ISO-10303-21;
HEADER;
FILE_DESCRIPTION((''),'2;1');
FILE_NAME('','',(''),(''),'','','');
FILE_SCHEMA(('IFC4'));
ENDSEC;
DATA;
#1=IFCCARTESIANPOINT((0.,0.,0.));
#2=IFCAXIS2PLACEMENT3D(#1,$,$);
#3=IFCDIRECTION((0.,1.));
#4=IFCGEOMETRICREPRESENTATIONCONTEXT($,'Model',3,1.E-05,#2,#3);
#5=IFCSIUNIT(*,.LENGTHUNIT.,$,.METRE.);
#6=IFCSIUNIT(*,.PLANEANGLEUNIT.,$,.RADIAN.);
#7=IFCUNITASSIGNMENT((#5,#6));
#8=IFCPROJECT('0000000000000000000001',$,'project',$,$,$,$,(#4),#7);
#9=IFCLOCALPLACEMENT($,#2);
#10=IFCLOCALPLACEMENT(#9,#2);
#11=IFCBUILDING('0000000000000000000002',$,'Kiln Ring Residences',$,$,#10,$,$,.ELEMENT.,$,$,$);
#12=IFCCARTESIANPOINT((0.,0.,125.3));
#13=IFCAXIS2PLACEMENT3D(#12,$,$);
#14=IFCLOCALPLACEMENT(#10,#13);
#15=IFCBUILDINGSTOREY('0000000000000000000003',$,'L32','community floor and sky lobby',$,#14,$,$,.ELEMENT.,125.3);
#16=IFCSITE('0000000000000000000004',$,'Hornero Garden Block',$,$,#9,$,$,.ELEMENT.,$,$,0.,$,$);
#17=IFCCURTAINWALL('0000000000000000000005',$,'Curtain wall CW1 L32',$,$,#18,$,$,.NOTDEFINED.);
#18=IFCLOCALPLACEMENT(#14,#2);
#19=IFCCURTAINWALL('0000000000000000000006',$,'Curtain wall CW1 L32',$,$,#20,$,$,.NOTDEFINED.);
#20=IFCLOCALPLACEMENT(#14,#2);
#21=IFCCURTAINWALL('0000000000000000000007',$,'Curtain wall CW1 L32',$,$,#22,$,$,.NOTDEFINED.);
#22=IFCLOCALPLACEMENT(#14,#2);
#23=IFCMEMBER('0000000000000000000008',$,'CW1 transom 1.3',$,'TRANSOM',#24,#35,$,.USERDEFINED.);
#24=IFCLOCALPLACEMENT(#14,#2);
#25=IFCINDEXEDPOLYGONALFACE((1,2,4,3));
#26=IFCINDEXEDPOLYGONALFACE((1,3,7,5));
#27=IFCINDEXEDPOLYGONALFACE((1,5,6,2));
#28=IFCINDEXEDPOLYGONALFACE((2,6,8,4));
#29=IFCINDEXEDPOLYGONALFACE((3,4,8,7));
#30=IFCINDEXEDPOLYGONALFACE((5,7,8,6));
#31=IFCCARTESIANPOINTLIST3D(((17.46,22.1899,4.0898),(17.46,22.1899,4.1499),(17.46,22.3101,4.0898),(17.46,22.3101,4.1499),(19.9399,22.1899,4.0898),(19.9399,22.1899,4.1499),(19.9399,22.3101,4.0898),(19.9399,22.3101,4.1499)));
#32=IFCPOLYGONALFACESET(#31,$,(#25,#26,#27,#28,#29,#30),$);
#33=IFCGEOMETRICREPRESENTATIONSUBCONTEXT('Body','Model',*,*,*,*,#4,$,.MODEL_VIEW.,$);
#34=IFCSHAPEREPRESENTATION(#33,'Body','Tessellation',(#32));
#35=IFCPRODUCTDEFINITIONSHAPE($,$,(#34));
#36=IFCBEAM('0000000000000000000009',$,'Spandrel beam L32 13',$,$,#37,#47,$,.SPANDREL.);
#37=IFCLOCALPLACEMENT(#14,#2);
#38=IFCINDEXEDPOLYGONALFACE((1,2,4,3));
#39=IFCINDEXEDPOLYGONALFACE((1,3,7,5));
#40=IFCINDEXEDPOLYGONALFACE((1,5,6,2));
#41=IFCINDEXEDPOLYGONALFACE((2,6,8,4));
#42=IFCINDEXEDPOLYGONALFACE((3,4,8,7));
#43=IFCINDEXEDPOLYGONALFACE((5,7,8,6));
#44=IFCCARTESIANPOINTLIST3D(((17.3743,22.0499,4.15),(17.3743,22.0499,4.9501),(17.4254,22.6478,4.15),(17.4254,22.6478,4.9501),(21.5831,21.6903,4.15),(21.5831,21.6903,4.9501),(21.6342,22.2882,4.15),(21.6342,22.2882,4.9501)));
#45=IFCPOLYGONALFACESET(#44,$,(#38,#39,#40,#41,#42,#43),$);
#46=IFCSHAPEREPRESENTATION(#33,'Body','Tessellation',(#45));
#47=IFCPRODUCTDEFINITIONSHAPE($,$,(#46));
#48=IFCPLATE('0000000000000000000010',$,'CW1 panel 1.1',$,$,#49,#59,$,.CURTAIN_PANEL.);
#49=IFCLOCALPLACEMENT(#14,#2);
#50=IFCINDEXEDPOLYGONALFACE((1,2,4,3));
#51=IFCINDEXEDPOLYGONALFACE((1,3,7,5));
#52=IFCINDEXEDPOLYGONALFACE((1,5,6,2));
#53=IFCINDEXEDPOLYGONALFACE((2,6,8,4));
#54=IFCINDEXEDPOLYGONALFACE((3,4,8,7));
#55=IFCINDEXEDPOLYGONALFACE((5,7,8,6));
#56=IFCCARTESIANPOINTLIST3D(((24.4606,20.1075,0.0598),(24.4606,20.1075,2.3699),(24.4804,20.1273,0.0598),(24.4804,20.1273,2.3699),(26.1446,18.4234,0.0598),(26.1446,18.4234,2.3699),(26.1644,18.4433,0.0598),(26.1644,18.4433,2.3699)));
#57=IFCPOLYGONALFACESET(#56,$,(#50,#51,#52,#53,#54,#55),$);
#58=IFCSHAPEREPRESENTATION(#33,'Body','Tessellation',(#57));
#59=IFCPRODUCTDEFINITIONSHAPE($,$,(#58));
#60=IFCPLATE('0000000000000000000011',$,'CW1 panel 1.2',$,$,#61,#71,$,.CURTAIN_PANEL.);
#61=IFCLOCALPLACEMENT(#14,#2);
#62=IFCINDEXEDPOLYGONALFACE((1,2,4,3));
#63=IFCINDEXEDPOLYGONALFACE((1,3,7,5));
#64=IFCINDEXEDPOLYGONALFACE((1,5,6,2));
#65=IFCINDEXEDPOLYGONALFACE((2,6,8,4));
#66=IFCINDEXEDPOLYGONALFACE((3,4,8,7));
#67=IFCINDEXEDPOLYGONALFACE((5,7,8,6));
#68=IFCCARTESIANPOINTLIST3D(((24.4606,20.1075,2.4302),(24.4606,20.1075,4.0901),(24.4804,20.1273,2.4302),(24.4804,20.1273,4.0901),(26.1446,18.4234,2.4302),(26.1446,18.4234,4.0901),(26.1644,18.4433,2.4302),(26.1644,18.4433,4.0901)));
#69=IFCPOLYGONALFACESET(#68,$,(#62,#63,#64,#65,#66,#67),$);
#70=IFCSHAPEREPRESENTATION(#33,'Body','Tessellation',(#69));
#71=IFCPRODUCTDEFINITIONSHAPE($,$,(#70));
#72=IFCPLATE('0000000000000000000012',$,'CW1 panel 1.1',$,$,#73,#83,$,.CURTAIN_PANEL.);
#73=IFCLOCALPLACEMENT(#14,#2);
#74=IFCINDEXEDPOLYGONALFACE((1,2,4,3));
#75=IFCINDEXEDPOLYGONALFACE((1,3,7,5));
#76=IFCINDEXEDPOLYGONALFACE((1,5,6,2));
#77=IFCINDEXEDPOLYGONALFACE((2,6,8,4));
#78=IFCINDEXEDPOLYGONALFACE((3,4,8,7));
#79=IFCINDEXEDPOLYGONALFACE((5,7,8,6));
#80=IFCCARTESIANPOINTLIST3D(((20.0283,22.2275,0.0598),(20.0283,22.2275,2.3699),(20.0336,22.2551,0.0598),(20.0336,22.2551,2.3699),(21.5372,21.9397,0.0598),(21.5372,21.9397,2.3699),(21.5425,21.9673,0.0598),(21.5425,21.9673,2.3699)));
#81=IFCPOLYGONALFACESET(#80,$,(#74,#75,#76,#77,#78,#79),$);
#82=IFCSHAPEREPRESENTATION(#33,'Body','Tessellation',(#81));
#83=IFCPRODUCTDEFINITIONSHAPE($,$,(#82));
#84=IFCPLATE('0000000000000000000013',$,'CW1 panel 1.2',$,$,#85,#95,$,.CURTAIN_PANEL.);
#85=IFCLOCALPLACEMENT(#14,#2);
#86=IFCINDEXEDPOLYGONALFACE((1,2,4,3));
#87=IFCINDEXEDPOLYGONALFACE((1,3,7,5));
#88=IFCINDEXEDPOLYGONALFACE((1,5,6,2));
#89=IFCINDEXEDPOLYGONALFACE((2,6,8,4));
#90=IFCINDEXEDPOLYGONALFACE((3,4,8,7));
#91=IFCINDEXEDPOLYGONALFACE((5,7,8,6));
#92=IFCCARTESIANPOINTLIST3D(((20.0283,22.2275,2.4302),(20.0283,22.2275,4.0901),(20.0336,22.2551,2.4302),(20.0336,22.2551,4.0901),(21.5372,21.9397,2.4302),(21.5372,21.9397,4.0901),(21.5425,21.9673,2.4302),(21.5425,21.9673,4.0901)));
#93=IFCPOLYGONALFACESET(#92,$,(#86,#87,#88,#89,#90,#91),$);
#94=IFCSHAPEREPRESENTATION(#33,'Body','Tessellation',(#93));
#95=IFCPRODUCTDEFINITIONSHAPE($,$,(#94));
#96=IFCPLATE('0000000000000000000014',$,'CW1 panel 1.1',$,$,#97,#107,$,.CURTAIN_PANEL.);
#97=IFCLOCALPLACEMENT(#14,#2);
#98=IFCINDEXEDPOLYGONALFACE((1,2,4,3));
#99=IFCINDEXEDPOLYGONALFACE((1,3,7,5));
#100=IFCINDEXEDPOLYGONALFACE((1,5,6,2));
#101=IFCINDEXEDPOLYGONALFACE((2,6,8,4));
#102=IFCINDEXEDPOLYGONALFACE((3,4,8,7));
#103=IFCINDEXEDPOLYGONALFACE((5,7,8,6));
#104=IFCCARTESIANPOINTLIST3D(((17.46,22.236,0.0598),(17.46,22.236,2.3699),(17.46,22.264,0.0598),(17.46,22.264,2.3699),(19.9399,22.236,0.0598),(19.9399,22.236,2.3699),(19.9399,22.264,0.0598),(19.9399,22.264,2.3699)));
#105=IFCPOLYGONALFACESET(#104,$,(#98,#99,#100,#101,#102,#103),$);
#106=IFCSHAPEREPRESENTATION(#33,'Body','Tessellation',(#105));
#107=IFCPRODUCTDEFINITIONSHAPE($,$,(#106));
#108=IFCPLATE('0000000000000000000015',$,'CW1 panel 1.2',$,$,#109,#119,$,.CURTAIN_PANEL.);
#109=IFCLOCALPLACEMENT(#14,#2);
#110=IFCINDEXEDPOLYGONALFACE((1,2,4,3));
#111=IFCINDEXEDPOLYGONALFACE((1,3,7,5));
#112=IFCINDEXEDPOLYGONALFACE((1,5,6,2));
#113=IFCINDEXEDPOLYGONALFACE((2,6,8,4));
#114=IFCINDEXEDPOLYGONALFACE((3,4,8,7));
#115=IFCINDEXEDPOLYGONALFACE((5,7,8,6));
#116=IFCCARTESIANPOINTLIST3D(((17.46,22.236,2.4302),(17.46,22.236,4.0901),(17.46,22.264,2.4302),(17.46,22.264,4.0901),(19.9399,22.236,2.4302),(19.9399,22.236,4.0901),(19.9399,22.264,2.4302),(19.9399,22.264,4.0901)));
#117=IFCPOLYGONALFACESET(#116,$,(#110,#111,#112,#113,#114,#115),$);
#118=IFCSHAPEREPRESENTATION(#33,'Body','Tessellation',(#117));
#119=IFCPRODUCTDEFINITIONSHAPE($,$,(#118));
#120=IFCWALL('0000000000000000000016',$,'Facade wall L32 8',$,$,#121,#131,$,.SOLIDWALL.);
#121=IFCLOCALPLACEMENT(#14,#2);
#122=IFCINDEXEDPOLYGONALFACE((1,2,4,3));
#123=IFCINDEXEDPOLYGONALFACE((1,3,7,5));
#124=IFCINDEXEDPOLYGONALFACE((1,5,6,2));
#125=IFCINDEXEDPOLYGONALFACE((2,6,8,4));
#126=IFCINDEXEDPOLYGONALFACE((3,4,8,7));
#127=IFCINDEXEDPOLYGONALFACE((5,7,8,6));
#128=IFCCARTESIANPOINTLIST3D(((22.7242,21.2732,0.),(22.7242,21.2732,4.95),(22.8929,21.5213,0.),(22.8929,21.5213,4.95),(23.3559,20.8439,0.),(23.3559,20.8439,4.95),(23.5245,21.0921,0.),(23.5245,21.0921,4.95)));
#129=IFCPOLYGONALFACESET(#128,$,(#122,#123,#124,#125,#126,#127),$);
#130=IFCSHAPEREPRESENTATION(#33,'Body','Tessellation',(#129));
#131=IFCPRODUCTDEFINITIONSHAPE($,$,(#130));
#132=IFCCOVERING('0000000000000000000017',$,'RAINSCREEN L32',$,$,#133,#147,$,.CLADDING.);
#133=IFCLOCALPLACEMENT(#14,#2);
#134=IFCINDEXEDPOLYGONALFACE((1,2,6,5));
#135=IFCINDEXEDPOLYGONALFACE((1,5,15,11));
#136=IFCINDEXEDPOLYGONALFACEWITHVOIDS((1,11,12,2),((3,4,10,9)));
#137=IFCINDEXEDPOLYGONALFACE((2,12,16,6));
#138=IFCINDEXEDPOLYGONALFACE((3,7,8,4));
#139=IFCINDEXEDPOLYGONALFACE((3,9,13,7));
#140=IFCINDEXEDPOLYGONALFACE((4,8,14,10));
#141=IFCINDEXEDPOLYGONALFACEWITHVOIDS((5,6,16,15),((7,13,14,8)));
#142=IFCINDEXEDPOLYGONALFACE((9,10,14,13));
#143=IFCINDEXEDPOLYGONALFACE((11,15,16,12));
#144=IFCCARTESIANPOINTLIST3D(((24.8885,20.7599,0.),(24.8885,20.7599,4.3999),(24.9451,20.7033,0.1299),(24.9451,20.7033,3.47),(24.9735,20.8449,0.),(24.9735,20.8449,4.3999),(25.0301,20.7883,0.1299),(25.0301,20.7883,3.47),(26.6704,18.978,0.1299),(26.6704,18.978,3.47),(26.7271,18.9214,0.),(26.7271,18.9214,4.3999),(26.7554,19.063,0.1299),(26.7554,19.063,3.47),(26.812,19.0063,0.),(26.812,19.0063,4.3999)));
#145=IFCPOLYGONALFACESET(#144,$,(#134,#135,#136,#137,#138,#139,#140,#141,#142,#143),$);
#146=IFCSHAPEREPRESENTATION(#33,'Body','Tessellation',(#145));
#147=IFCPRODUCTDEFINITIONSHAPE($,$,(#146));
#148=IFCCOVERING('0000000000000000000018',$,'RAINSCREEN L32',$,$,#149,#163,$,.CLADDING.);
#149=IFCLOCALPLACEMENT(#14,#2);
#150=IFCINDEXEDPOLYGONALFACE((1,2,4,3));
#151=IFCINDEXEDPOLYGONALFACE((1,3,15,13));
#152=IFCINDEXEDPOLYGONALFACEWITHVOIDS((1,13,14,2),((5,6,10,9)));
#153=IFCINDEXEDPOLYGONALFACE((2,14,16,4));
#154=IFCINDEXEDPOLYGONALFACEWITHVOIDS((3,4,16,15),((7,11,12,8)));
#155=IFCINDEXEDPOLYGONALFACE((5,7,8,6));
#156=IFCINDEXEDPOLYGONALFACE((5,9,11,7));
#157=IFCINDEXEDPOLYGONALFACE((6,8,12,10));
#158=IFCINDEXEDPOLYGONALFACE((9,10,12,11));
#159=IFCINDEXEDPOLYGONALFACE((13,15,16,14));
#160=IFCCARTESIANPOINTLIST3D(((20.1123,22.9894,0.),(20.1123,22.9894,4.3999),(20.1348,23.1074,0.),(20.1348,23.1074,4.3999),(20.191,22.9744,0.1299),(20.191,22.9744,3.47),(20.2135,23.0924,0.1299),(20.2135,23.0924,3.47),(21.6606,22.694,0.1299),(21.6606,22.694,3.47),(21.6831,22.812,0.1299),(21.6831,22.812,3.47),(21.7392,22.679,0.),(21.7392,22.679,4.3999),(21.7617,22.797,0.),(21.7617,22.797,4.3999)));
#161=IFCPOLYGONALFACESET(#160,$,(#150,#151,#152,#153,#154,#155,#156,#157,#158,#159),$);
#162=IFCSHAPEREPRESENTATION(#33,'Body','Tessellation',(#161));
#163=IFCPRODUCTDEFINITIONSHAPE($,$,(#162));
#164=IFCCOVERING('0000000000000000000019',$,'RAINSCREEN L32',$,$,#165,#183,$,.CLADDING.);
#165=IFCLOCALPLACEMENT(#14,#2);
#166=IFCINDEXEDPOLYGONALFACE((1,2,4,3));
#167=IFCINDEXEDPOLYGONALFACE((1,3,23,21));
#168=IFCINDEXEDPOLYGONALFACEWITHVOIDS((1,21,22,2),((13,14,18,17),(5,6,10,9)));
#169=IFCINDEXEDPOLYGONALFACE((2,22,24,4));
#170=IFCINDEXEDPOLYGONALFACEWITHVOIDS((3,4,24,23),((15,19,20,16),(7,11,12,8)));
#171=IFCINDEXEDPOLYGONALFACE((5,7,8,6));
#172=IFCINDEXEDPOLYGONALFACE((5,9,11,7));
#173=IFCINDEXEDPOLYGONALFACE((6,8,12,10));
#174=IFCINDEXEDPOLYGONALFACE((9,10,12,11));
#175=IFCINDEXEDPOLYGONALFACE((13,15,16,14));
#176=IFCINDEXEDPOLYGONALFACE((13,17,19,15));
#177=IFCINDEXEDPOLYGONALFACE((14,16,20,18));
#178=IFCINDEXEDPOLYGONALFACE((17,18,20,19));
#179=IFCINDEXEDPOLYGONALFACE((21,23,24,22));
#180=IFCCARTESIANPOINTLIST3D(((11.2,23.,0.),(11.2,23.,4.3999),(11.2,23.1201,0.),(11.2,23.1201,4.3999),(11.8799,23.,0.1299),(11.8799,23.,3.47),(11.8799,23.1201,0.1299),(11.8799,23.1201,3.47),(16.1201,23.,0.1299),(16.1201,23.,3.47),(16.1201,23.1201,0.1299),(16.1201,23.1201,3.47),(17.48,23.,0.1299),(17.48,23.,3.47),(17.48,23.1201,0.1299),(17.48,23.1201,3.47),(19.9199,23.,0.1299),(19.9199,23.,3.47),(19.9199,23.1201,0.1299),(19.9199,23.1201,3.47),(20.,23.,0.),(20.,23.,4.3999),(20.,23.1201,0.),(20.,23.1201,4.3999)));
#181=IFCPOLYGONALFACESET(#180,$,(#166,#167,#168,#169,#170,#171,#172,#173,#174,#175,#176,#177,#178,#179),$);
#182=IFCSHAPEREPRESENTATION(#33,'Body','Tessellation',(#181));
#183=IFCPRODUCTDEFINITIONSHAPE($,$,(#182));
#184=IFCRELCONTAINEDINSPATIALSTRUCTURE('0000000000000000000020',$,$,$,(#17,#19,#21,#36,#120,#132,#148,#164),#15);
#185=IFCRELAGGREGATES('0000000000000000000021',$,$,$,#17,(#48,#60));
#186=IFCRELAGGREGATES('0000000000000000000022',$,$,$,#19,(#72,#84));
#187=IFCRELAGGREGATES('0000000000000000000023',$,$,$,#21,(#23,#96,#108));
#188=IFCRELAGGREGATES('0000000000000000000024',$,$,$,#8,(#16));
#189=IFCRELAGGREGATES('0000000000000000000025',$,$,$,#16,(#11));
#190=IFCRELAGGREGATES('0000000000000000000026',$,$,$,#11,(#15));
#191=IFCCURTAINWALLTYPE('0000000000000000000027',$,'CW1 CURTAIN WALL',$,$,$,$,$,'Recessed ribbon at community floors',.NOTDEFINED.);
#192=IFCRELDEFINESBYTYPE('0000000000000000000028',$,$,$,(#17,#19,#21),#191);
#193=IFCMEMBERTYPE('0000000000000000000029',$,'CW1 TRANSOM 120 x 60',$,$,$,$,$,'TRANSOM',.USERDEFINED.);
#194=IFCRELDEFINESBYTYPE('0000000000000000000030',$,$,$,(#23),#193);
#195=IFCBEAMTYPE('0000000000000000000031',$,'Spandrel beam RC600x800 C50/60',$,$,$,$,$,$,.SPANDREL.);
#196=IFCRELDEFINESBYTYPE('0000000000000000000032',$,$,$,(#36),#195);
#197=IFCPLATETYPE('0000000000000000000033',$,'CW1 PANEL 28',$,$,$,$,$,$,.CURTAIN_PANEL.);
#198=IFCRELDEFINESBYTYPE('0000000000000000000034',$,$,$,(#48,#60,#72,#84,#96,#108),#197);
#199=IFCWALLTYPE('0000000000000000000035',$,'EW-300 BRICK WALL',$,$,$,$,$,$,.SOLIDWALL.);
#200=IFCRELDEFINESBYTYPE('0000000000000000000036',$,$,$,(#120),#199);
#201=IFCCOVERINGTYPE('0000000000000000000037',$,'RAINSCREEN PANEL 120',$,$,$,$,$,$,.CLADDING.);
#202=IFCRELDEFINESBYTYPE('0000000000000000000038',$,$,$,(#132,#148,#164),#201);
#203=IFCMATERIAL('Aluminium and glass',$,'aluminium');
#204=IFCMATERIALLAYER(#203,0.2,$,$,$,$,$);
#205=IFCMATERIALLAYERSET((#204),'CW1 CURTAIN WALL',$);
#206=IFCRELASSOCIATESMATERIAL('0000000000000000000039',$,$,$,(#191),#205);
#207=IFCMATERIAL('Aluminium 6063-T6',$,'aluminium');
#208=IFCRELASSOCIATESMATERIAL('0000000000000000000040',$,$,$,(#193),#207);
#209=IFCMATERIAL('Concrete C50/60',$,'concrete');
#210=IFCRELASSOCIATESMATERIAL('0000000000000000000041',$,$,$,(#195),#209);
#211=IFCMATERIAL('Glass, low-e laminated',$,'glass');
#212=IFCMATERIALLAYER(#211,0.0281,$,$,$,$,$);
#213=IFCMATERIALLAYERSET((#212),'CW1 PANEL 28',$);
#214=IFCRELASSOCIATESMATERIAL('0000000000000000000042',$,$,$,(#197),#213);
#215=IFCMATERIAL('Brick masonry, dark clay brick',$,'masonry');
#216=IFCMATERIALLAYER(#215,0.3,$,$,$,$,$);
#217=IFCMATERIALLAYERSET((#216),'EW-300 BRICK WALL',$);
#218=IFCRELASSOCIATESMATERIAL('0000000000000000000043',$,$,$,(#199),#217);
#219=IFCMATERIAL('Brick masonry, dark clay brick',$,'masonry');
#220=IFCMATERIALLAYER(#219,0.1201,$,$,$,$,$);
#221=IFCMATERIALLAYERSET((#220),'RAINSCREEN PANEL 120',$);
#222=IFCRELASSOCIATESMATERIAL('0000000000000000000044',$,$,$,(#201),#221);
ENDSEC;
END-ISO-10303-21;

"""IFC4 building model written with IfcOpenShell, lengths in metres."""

from ifc_helpers import new_model, si_unit, direction, frame, frame_2d, origin, origin_2d, place, context, subcontext, project, spatial, polyline, rectangle, outline, extrude, material, layer, layer_set, material_profile, profile_set, type_object, element, aggregate, save


model = new_model("IFC4")

# Units and contexts
model_context = context("Model", 3, precision=1e-05, world=origin(), true_north=direction((0.0, 1.0)))
body_context = subcontext(model_context, "Body", "Model", "MODEL_VIEW")
ifc_project = project(units=[si_unit("LENGTHUNIT", "METRE"), si_unit("PLANEANGLEUNIT", "RADIAN")], contexts=[model_context])

# Site, building, storey
site_placement = place(None, origin())
site = spatial("IfcSite", under=ifc_project, at=site_placement, Name="Hornero Garden Block", CompositionType="ELEMENT", RefElevation=0.0)
building_placement = place(site_placement, origin())
building = spatial("IfcBuilding", under=site, at=building_placement, Name="Kiln Ring Residences", CompositionType="ELEMENT")
storey_placement = place(building_placement, frame((0.0, 0.0, 125.3)))
storey = spatial("IfcBuildingStorey", under=building, at=storey_placement, Name="L32", Description="community floor and sky lobby", CompositionType="ELEMENT", Elevation=125.3)

# Curtain wall
ifc_material_1 = material(Name="Aluminium and glass", Category="aluminium")
ifc_layer_1 = layer(ifc_material_1, 0.2)
ifc_layer_set_1 = layer_set([ifc_layer_1], Name="CW1 CURTAIN WALL")
curtain_wall_type = type_object("IfcCurtainWallType", Name="CW1 CURTAIN WALL", ElementType="Recessed ribbon at community floors", PredefinedType="NOTDEFINED", material=ifc_layer_set_1)
placement = place(storey_placement, origin())
curtain_wall_1 = element("IfcCurtainWall", 1, at=placement, inside=storey, type_object=curtain_wall_type, Name="Curtain wall CW1 L32", PredefinedType="NOTDEFINED")

# Curtain wall
curtain_wall_2 = element("IfcCurtainWall", 2, at=placement, inside=storey, type_object=curtain_wall_type, Name="Curtain wall CW1 L32", PredefinedType="NOTDEFINED")

# Curtain wall
curtain_wall_3 = element("IfcCurtainWall", 3, at=placement, inside=storey, type_object=curtain_wall_type, Name="Curtain wall CW1 L32", PredefinedType="NOTDEFINED")

# Member
ifc_material_2 = material(Name="Aluminium 6063-T6", Category="aluminium")
ifc_material_profile_1 = material_profile(ifc_material_2, rectangle(XDim=0.1201, YDim=0.0601, at=origin_2d()), Name="AL 120x60")
ifc_profile_set_1 = profile_set([ifc_material_profile_1], Name="Aluminium 6063-T6")
member_type_1 = type_object("IfcMemberType", Name="CW1 TRANSOM 120 x 60", ElementType="TRANSOM", PredefinedType="USERDEFINED", material=ifc_profile_set_1)
member_1_placement = place(storey_placement, frame((19.9399, 22.25, 4.1199), z_axis=(-1.0, 0.0, 0.0), x_axis=(0.0, -1.0, 0.0)))
member_1 = element("IfcMember", 4, at=member_1_placement, type_object=member_type_1, Name="CW1 transom 1.3", ObjectType="TRANSOM", PredefinedType="USERDEFINED", context=body_context, shape_type="SweptSolid", body=[
    extrude(rectangle(XDim=0.1201, YDim=0.0601, at=origin_2d()), origin(), (0.0, 0.0, 1.0), 2.48),
])

# Beam
ifc_material_3 = material(Name="Concrete C50/60", Category="concrete")
ifc_material_profile_2 = material_profile(ifc_material_3, rectangle(XDim=0.6001, YDim=0.8, at=origin_2d()), Name="RC600x800")
ifc_profile_set_2 = profile_set([ifc_material_profile_2], Name="Concrete C50/60")
beam_type = type_object("IfcBeamType", Name="Spandrel beam RC600x800 C50/60", PredefinedType="SPANDREL", material=ifc_profile_set_2)
beam_placement = place(storey_placement, frame((21.6086, 21.9893, 4.55), z_axis=(-0.996369, 0.085136, 0.0), x_axis=(-0.085136, -0.996369, 0.0)))
element("IfcBeam", 5, at=beam_placement, inside=storey, type_object=beam_type, Name="Spandrel beam L32 13", PredefinedType="SPANDREL", context=body_context, shape_type="SweptSolid", body=[
    extrude(rectangle(XDim=0.6001, YDim=0.8, at=origin_2d()), origin(), (0.0, 0.0, 1.0), 4.2241),
])

# Plates
ifc_material_4 = material(Name="Glass, low-e laminated", Category="glass")
ifc_layer_2 = layer(ifc_material_4, 0.0281)
ifc_layer_set_2 = layer_set([ifc_layer_2], Name="CW1 PANEL 28")
plate_type = type_object("IfcPlateType", Name="CW1 PANEL 28", PredefinedType="CURTAIN_PANEL", material=ifc_layer_set_2)
plate_1_placement = place(storey_placement, frame((25.3125, 19.2754, 0.0598), z_axis=(0.0, 0.0, 1.0), x_axis=(-0.707107, 0.707107, 0.0)))
plate_1 = element("IfcPlate", 6, at=plate_1_placement, type_object=plate_type, Name="CW1 panel 1.1", PredefinedType="CURTAIN_PANEL", context=body_context, shape_type="SweptSolid", body=[
    extrude(rectangle(XDim=2.3816, YDim=0.0281, at=origin_2d()), origin(), (0.0, 0.0, 1.0), 2.3101),
])
plate_2_placement = place(storey_placement, frame((25.3125, 19.2754, 2.4302), z_axis=(0.0, 0.0, 1.0), x_axis=(-0.707107, 0.707107, 0.0)))
plate_2 = element("IfcPlate", 7, at=plate_2_placement, type_object=plate_type, Name="CW1 panel 1.2", PredefinedType="CURTAIN_PANEL", context=body_context, shape_type="SweptSolid", body=[
    extrude(rectangle(XDim=2.3816, YDim=0.0281, at=origin_2d()), origin(), (0.0, 0.0, 1.0), 1.6599),
])
aggregate(curtain_wall_1, [plate_1, plate_2])
plate_3_placement = place(storey_placement, frame((20.7854, 22.0974, 0.0598), z_axis=(0.0, 0.0, 1.0), x_axis=(-0.98229, 0.187366, 0.0)))
plate_3 = element("IfcPlate", 8, at=plate_3_placement, type_object=plate_type, Name="CW1 panel 1.1", PredefinedType="CURTAIN_PANEL", context=body_context, shape_type="SweptSolid", body=[
    extrude(rectangle(XDim=1.5361, YDim=0.0281, at=origin_2d()), origin(), (0.0, 0.0, 1.0), 2.3101),
])
plate_4_placement = place(storey_placement, frame((20.7854, 22.0974, 2.4302), z_axis=(0.0, 0.0, 1.0), x_axis=(-0.98229, 0.187366, 0.0)))
plate_4 = element("IfcPlate", 9, at=plate_4_placement, type_object=plate_type, Name="CW1 panel 1.2", PredefinedType="CURTAIN_PANEL", context=body_context, shape_type="SweptSolid", body=[
    extrude(rectangle(XDim=1.5361, YDim=0.0281, at=origin_2d()), origin(), (0.0, 0.0, 1.0), 1.6599),
])
aggregate(curtain_wall_2, [plate_3, plate_4])
plate_5_placement = place(storey_placement, frame((18.7, 22.25, 0.0598), z_axis=(0.0, 0.0, 1.0), x_axis=(-1.0, 0.0, 0.0)))
plate_5 = element("IfcPlate", 10, at=plate_5_placement, type_object=plate_type, Name="CW1 panel 1.1", PredefinedType="CURTAIN_PANEL", context=body_context, shape_type="SweptSolid", body=[
    extrude(rectangle(XDim=2.48, YDim=0.0281, at=origin_2d()), origin(), (0.0, 0.0, 1.0), 2.3101),
])
plate_6_placement = place(storey_placement, frame((18.7, 22.25, 2.4302), z_axis=(0.0, 0.0, 1.0), x_axis=(-1.0, 0.0, 0.0)))
plate_6 = element("IfcPlate", 11, at=plate_6_placement, type_object=plate_type, Name="CW1 panel 1.2", PredefinedType="CURTAIN_PANEL", context=body_context, shape_type="SweptSolid", body=[
    extrude(rectangle(XDim=2.48, YDim=0.0281, at=origin_2d()), origin(), (0.0, 0.0, 1.0), 1.6599),
])
aggregate(curtain_wall_3, [member_1, plate_5, plate_6])

# Wall
ifc_material_5 = material(Name="Brick masonry, dark clay brick", Category="masonry")
ifc_layer_3 = layer(ifc_material_5, 0.3)
ifc_layer_set_3 = layer_set([ifc_layer_3], Name="EW-300 BRICK WALL")
wall_type = type_object("IfcWallType", Name="EW-300 BRICK WALL", PredefinedType="SOLIDWALL", material=ifc_layer_set_3)
wall_placement = place(storey_placement, frame((23.4402, 20.968, 0.0), z_axis=(0.0, 0.0, 1.0), x_axis=(-0.827099, 0.562056, 0.0)))
element("IfcWall", 12, at=wall_placement, inside=storey, type_object=wall_type, Name="Facade wall L32 8", PredefinedType="SOLIDWALL", context=body_context, shape_type="SweptSolid", body=[
    extrude(rectangle(XDim=0.7637, YDim=0.3, at=frame_2d((0.3818, 0.0))), origin(), (0.0, 0.0, 1.0), 4.95),
])

# Coverings
ifc_material_6 = material(Name="Brick masonry, dark clay brick", Category="masonry")
ifc_layer_4 = layer(ifc_material_6, 0.1201)
ifc_layer_set_4 = layer_set([ifc_layer_4], Name="RAINSCREEN PANEL 120")
covering_type = type_object("IfcCoveringType", Name="RAINSCREEN PANEL 120", PredefinedType="CLADDING", material=ifc_layer_set_4)
covering_1_placement = place(storey_placement, frame((26.7695, 18.9639, 0.0), z_axis=(0.0, 0.0, 1.0), x_axis=(-0.707107, 0.707107, 0.0)))
element("IfcCovering", 13, at=covering_1_placement, inside=storey, type_object=covering_type, Name="RAINSCREEN L32", PredefinedType="CLADDING", context=body_context, shape_type="SweptSolid", body=[
    extrude(outline(polyline([(0.0, 0.0), (2.6001, 0.0), (2.6001, 4.3999), (0.0, 4.3999), (0.0, 0.0)]), holes=[polyline([(0.0801, 3.47), (0.0801, 0.1299), (2.52, 0.1299), (2.52, 3.47), (0.0801, 3.47)])]), frame((0.0, 0.0601, 0.0), z_axis=(0.0, -1.0, 0.0), x_axis=(1.0, 0.0, 0.0)), (0.0, 0.0, 1.0), 0.1201),
])
covering_2_placement = place(storey_placement, frame((21.7505, 22.738, 0.0), z_axis=(0.0, 0.0, 1.0), x_axis=(-0.982288, 0.187376, 0.0)))
element("IfcCovering", 14, at=covering_2_placement, inside=storey, type_object=covering_type, Name="RAINSCREEN L32", PredefinedType="CLADDING", context=body_context, shape_type="SweptSolid", body=[
    extrude(outline(polyline([(0.0, 0.0), (1.6562, 0.0), (1.6562, 4.3999), (0.0, 4.3999), (0.0, 0.0)]), holes=[polyline([(0.0801, 3.47), (0.0801, 0.1299), (1.5762, 0.1299), (1.5762, 3.47), (0.0801, 3.47)])]), frame((0.0, 0.0601, 0.0), z_axis=(0.0, -1.0, 0.0), x_axis=(1.0, 0.0, 0.0)), (0.0, 0.0, 1.0), 0.1201),
])
covering_3_placement = place(storey_placement, frame((20.0, 23.0601, 0.0), z_axis=(0.0, 0.0, 1.0), x_axis=(-1.0, 0.0, 0.0)))
element("IfcCovering", 15, at=covering_3_placement, inside=storey, type_object=covering_type, Name="RAINSCREEN L32", PredefinedType="CLADDING", context=body_context, shape_type="SweptSolid", body=[
    extrude(outline(polyline([(0.0, 0.0), (8.8, 0.0), (8.8, 4.3999), (0.0, 4.3999), (0.0, 0.0)]), holes=[polyline([(2.52, 3.47), (0.0801, 3.47), (0.0801, 0.1299), (2.52, 0.1299), (2.52, 3.47)]), polyline([(8.1201, 3.47), (3.8799, 3.47), (3.8799, 0.1299), (8.1201, 0.1299), (8.1201, 3.47)])]), frame((0.0, 0.0601, 0.0), z_axis=(0.0, -1.0, 0.0), x_axis=(1.0, 0.0, 0.0)), (0.0, 0.0, 1.0), 0.1201),
])

save(model, "model.ifc")
